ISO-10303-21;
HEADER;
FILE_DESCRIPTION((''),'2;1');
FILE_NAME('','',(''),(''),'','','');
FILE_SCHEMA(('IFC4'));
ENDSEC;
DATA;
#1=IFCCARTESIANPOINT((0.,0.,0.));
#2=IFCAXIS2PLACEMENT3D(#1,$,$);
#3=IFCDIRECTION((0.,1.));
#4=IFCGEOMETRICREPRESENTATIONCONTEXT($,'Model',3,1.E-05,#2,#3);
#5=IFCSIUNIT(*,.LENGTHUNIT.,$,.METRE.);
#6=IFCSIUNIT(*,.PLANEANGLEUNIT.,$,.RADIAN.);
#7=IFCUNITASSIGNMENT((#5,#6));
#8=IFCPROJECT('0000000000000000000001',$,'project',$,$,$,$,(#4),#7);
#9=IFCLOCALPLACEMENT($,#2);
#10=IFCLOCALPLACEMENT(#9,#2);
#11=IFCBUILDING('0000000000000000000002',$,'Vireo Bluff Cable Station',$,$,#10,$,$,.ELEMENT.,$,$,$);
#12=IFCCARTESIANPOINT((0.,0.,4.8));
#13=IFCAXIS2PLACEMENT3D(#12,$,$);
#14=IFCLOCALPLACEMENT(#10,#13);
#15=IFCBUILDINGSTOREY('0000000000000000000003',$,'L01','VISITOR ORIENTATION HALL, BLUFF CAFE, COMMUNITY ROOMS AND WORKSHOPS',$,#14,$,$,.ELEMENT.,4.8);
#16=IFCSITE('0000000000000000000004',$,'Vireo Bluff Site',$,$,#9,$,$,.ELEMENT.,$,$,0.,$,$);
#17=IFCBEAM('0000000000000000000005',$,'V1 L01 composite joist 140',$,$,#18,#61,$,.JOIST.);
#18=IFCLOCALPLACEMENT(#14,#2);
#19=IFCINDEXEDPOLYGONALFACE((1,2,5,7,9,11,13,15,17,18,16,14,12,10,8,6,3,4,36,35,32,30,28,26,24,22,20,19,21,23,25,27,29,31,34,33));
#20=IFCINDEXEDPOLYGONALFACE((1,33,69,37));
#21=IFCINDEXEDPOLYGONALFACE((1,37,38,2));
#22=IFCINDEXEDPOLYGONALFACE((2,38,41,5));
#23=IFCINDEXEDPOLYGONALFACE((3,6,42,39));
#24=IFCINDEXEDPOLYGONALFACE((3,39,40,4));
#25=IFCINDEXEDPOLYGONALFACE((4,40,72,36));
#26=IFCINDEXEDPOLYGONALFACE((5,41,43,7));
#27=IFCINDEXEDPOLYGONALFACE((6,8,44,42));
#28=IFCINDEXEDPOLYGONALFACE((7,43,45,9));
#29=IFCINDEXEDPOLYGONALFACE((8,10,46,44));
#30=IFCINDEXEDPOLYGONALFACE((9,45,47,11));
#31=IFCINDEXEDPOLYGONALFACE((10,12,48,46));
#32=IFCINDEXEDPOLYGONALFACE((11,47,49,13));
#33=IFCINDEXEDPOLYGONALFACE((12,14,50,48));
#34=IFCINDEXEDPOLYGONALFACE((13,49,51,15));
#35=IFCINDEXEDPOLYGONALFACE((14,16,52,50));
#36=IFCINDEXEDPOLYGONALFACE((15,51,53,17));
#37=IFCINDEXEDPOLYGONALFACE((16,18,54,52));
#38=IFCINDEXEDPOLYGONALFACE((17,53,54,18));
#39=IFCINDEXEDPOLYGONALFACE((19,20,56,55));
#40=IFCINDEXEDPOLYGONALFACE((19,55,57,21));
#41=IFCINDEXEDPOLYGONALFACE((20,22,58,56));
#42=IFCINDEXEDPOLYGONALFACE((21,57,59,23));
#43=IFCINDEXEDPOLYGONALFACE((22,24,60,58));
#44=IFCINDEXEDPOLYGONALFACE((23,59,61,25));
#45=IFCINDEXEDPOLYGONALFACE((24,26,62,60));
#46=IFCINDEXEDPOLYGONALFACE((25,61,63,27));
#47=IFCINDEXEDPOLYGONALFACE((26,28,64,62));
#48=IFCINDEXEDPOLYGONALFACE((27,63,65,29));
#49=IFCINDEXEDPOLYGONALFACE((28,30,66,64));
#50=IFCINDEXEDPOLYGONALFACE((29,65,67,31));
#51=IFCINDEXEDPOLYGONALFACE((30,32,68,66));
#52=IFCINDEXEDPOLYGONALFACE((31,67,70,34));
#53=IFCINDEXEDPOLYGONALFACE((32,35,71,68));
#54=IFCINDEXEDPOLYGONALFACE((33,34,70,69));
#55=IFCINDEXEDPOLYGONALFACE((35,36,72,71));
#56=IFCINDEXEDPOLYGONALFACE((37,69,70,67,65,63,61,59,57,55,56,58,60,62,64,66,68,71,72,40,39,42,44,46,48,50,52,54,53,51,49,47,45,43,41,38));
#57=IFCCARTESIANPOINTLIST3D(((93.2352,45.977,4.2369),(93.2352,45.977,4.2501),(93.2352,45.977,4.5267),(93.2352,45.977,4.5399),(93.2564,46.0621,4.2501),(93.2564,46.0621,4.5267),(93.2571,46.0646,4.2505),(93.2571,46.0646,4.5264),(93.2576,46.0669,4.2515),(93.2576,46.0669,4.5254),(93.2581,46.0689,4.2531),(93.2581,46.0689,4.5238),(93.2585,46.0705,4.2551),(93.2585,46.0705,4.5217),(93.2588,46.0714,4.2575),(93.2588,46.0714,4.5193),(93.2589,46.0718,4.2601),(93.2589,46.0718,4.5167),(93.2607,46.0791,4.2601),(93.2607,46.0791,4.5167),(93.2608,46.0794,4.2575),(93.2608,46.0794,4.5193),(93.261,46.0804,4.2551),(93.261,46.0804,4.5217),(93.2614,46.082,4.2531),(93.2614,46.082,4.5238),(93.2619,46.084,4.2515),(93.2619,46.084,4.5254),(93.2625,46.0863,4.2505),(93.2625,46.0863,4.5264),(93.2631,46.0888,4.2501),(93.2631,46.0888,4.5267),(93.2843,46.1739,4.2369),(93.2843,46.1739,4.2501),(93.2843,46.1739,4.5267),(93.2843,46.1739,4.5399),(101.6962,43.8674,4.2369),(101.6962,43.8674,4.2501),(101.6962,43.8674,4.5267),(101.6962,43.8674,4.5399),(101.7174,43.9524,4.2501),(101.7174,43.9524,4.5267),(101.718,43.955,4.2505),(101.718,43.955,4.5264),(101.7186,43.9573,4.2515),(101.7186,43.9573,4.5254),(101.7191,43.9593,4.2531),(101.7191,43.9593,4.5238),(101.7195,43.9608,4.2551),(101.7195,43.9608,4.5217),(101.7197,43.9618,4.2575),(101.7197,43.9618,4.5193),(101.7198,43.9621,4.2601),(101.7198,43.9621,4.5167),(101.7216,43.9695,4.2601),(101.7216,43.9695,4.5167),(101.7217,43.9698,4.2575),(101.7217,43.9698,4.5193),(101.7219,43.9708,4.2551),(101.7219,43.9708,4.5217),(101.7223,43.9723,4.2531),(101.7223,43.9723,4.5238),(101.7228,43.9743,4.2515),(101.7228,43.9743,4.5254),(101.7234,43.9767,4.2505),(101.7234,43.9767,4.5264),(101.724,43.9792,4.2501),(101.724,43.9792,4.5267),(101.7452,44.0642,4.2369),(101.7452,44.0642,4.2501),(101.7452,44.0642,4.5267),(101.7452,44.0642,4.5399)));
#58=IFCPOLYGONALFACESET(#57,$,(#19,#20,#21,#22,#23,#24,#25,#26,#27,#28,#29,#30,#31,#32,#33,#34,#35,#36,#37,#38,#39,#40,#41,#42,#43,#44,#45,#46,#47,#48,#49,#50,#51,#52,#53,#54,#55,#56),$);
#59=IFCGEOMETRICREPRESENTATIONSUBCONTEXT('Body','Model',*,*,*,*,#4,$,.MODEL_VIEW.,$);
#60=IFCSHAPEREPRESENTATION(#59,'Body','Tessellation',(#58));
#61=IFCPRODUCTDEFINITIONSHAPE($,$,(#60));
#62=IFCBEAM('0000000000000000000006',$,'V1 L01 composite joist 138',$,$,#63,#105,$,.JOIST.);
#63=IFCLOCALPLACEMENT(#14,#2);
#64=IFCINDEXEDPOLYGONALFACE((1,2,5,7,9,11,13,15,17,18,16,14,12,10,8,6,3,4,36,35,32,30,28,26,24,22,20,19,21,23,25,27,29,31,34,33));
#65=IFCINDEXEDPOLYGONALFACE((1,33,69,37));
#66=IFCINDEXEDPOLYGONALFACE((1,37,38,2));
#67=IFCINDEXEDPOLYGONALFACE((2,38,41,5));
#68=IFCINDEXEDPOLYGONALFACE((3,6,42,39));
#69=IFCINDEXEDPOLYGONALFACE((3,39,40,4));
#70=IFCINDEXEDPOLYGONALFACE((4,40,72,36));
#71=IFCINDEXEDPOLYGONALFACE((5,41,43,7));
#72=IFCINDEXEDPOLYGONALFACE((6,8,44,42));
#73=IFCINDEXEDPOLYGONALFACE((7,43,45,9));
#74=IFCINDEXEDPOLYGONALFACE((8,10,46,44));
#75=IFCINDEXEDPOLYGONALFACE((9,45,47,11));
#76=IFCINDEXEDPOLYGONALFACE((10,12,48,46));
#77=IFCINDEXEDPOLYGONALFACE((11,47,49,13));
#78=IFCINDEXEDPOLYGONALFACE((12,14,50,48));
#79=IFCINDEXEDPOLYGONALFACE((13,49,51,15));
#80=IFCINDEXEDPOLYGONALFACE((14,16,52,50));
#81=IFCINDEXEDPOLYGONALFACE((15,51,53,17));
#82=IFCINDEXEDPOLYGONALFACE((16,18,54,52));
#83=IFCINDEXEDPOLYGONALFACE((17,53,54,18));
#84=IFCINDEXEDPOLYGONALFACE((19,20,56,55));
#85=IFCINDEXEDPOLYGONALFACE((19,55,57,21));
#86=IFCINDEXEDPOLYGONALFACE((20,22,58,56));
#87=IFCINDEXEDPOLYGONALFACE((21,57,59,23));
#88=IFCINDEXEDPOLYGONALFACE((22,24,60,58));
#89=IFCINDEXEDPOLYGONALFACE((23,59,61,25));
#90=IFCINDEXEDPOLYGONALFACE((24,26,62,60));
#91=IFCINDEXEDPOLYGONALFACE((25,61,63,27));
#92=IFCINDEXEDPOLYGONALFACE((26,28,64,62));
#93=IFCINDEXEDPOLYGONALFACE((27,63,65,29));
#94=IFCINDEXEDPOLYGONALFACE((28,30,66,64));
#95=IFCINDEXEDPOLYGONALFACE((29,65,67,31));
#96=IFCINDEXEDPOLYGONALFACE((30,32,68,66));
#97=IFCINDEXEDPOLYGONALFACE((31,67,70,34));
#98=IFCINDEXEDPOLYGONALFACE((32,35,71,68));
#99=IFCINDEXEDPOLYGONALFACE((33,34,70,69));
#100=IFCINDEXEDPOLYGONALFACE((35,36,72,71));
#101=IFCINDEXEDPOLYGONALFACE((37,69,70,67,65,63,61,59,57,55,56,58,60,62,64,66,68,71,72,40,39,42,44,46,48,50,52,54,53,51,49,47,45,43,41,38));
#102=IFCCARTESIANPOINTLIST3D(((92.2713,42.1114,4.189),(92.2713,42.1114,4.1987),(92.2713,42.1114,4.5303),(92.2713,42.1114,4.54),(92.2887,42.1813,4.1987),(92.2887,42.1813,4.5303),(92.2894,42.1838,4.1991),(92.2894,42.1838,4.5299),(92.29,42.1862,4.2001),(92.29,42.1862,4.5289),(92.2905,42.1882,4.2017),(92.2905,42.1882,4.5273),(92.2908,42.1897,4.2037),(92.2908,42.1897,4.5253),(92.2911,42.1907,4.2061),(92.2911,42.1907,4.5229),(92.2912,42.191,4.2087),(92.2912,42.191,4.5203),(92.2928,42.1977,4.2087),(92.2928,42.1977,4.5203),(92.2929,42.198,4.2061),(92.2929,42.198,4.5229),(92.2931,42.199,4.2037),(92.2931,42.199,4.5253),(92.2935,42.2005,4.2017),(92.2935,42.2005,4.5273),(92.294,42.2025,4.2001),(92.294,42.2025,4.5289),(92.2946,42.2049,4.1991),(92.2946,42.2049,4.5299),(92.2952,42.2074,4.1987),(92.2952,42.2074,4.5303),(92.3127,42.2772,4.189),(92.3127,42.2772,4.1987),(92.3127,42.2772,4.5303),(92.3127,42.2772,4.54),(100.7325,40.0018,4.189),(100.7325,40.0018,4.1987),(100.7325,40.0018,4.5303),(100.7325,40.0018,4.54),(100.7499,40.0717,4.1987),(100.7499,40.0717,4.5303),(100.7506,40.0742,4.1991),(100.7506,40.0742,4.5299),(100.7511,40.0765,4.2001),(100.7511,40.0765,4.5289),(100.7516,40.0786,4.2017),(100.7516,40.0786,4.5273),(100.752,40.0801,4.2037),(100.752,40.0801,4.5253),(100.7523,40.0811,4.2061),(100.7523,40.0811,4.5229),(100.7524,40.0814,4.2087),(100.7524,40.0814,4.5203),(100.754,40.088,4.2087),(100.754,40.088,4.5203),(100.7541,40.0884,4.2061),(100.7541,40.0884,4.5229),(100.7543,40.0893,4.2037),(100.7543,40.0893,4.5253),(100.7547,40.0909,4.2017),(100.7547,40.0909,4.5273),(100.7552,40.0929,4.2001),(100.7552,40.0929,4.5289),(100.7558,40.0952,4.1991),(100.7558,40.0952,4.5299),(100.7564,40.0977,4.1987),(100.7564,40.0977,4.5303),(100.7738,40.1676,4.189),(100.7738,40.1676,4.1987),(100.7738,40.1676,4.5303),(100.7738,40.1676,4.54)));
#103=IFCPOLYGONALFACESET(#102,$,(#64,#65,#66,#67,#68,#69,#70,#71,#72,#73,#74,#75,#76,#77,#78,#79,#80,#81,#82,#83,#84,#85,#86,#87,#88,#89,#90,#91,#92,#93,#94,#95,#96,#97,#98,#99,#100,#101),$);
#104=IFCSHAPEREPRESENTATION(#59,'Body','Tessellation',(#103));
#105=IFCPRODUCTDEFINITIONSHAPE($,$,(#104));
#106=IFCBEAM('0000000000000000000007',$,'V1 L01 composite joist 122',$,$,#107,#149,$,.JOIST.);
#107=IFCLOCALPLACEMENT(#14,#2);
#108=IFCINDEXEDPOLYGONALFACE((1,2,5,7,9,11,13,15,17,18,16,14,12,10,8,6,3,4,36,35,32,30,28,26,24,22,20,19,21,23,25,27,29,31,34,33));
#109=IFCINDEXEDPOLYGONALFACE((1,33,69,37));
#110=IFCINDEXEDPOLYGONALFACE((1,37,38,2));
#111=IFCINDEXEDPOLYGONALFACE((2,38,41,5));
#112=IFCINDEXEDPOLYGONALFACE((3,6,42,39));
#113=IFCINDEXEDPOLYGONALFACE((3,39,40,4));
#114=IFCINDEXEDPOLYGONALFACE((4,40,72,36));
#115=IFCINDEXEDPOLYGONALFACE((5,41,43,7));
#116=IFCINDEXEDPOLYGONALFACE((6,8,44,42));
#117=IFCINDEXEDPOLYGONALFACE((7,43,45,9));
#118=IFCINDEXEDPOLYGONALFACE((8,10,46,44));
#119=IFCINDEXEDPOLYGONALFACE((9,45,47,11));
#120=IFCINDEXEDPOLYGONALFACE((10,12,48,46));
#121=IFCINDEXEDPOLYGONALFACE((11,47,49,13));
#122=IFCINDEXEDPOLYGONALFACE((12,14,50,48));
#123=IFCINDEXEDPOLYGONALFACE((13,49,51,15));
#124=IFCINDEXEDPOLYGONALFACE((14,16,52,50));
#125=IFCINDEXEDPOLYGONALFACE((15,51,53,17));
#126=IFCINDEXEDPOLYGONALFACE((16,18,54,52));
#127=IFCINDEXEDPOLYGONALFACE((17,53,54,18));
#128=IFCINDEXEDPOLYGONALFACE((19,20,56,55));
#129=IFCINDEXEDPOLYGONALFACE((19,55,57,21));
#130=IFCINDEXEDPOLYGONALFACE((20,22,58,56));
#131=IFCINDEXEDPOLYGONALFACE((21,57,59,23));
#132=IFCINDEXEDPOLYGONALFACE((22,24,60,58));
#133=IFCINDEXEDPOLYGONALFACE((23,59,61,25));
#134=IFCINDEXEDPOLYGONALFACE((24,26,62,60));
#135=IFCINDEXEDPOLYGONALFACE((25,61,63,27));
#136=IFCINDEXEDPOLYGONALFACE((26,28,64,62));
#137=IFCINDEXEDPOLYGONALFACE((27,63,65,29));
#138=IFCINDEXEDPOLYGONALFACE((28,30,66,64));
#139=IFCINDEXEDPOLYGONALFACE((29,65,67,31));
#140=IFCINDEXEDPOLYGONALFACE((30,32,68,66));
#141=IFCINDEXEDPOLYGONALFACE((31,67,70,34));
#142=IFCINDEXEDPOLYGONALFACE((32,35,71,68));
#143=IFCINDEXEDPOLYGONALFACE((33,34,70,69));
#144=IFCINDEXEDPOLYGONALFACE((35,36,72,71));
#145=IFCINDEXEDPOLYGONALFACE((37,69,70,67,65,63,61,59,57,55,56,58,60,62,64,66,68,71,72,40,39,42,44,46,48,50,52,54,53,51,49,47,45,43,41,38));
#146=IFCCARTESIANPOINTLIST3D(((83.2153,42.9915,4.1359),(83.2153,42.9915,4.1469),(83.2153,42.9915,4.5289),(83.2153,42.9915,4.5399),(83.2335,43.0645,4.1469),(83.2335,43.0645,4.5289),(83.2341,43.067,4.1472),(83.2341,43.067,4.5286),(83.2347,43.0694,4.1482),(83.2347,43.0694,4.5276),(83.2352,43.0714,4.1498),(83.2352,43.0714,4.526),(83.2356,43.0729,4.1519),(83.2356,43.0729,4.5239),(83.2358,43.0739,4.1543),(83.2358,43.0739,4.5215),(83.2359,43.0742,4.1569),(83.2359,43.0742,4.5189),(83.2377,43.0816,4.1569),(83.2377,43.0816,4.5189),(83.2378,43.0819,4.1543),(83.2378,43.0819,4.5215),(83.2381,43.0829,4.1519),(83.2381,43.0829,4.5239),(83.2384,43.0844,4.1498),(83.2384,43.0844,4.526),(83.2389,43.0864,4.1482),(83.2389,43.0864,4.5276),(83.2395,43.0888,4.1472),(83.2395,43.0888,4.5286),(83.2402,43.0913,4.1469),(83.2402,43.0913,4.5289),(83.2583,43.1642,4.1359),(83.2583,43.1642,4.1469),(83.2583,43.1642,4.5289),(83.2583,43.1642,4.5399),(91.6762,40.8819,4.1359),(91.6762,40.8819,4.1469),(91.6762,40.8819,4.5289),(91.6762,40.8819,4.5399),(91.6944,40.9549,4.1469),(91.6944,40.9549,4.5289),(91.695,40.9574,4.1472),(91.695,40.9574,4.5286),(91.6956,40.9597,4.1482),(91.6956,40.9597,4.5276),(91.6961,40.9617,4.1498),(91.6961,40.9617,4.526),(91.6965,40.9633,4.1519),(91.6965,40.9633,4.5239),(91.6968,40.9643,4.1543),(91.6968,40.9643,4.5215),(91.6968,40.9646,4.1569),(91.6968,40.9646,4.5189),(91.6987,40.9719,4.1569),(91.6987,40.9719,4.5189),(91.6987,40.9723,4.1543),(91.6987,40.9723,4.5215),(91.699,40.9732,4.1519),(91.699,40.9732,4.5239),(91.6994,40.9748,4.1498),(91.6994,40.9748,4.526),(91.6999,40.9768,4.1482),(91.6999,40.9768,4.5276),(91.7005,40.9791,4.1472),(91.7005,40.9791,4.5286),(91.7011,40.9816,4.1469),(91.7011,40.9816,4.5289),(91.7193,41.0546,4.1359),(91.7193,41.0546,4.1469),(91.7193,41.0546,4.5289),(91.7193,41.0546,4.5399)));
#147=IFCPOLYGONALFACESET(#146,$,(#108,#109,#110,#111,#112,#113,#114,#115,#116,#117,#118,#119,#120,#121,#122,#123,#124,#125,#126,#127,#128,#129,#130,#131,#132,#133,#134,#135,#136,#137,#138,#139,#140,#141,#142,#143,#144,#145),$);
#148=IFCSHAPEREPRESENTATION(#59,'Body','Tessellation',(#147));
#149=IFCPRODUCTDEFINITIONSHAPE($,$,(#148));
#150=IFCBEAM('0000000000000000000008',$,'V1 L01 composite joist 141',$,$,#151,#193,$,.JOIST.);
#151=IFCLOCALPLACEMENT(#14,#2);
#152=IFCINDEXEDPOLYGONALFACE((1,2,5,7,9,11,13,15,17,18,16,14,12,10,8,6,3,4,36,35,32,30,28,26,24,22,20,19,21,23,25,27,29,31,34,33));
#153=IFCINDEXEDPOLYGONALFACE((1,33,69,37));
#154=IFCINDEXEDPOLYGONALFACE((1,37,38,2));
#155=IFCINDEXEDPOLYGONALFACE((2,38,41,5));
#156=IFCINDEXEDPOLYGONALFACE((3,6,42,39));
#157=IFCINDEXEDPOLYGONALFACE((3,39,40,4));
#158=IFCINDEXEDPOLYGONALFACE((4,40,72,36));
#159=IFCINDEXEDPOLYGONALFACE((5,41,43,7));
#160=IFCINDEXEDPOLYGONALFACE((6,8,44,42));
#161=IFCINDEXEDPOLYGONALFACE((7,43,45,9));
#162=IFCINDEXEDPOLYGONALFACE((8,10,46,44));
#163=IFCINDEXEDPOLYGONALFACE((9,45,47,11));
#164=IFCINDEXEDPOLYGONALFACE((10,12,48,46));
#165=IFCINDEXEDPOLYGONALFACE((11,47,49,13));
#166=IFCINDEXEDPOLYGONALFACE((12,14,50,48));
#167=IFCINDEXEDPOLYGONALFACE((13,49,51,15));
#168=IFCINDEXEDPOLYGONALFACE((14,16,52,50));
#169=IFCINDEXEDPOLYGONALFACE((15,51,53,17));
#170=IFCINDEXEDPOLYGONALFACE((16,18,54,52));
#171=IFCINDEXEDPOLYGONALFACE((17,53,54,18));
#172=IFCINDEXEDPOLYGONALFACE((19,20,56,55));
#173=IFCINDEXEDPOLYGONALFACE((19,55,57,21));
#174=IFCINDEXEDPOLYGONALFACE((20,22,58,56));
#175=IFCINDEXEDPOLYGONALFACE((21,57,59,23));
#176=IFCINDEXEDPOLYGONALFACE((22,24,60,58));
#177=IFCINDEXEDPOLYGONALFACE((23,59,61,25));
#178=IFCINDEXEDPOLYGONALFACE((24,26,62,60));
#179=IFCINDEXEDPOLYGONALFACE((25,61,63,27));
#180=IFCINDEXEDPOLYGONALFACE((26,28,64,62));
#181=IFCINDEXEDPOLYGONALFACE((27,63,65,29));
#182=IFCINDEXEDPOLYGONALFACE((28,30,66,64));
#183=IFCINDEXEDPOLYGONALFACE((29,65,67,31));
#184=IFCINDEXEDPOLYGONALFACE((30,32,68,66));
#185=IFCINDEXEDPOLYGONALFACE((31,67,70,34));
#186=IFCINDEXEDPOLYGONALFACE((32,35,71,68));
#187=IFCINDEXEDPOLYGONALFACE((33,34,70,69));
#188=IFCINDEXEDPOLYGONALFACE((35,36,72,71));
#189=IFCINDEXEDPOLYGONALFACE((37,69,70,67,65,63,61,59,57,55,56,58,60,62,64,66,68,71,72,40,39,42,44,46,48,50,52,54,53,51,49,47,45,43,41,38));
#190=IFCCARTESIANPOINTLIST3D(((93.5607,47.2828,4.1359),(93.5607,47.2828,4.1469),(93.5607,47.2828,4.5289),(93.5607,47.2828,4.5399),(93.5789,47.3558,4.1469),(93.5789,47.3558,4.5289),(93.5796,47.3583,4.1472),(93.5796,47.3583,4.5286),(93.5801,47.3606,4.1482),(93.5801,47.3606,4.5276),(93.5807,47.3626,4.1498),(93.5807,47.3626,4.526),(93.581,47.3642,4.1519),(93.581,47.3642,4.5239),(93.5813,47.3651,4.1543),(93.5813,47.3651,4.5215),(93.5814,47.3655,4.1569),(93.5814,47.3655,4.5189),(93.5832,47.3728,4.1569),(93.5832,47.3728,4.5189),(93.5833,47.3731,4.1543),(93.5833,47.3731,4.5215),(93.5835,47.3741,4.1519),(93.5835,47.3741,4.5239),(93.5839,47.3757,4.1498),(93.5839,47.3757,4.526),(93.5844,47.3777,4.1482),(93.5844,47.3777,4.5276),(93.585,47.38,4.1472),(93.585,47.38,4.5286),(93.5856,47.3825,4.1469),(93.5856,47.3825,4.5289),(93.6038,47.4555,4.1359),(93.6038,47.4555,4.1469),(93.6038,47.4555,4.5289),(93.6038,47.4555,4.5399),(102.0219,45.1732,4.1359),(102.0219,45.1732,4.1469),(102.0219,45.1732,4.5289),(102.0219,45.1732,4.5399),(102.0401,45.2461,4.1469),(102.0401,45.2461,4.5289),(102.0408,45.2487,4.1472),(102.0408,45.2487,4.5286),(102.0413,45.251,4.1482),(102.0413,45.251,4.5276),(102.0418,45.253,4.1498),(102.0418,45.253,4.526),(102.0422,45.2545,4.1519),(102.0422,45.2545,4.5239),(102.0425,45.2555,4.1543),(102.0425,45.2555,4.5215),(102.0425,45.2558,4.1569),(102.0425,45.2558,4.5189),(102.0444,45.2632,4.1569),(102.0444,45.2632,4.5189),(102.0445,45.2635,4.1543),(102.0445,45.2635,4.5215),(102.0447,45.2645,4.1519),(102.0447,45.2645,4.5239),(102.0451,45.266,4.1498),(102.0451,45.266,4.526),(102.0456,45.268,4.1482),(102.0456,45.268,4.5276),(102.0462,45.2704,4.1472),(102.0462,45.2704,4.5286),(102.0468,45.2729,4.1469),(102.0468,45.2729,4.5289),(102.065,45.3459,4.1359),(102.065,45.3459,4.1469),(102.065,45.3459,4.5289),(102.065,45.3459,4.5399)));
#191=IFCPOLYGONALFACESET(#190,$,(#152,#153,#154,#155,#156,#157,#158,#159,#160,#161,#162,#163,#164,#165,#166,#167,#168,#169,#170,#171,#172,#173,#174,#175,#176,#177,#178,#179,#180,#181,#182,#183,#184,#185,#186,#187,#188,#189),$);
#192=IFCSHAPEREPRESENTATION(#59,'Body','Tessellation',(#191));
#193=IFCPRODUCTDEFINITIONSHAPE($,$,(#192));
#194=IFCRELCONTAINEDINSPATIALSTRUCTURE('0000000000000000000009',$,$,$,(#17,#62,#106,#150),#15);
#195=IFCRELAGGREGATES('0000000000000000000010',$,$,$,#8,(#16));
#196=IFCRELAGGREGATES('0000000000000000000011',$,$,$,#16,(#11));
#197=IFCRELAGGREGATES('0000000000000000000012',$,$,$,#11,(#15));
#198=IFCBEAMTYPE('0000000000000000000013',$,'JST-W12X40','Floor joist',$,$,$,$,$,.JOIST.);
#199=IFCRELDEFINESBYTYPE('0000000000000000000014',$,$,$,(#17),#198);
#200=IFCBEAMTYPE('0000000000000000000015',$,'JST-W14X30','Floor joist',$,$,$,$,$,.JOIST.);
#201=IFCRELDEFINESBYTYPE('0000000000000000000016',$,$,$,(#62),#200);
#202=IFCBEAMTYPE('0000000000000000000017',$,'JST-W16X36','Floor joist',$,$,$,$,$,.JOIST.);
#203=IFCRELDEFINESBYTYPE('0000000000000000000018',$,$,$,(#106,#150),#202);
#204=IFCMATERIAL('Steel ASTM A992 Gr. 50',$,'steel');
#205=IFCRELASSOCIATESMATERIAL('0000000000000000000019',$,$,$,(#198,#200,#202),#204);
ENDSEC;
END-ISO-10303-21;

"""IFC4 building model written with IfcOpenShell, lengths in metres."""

from ifc_helpers import new_model, si_unit, direction, frame, origin, origin_2d, place, context, subcontext, project, spatial, i_section, extrude, material, material_profile, profile_set, type_object, element, save


model = new_model("IFC4")

# Units and contexts
model_context = context("Model", 3, precision=1e-05, world=origin(), true_north=direction((0.0, 1.0)))
body_context = subcontext(model_context, "Body", "Model", "MODEL_VIEW")
ifc_project = project(units=[si_unit("LENGTHUNIT", "METRE"), si_unit("PLANEANGLEUNIT", "RADIAN")], contexts=[model_context])

# Site, building, storey
site_placement = place(None, origin())
site = spatial("IfcSite", under=ifc_project, at=site_placement, Name="Vireo Bluff Site", CompositionType="ELEMENT", RefElevation=0.0)
building_placement = place(site_placement, origin())
building = spatial("IfcBuilding", under=site, at=building_placement, Name="Vireo Bluff Cable Station", CompositionType="ELEMENT")
storey_placement = place(building_placement, frame((0.0, 0.0, 4.8)))
storey = spatial("IfcBuildingStorey", under=building, at=storey_placement, Name="L01", Description="VISITOR ORIENTATION HALL, BLUFF CAFE, COMMUNITY ROOMS AND WORKSHOPS", CompositionType="ELEMENT", Elevation=4.8)

# Shared definitions
ifc_material_1 = material(Name="Steel ASTM A992 Gr. 50", Category="steel")

# Beams
ifc_material_profile_1 = material_profile(ifc_material_1, i_section(OverallWidth=0.2029, OverallDepth=0.303, WebThickness=0.0076, FlangeThickness=0.0132, FilletRadius=0.01, at=origin_2d()), Name="W12X40")
ifc_profile_set_1 = profile_set([ifc_material_profile_1], Name="Steel ASTM A992 Gr. 50")
beam_type_1 = type_object("IfcBeamType", Name="JST-W12X40", Description="Floor joist", PredefinedType="JOIST", material=ifc_profile_set_1)
for number, where, z_axis, x_axis, name in (
    (1, (93.2598, 46.0754, 4.3884), (0.970294, -0.24193, 0.0), (0.24193, 0.970294, 0.0), "V1 L01 composite joist 140"),
):
    element("IfcBeam", number, at=place(storey_placement, frame(where, z_axis=z_axis, x_axis=x_axis)), inside=storey, type_object=beam_type_1, Name=name, PredefinedType="JOIST", context=body_context, shape_type="SweptSolid", body=[
        extrude(i_section(OverallWidth=0.2029, OverallDepth=0.303, WebThickness=0.0076, FlangeThickness=0.0132, FilletRadius=0.01, at=origin_2d()), origin(), (0.0, 0.0, 1.0), 8.72),
    ])
ifc_material_profile_2 = material_profile(ifc_material_1, i_section(OverallWidth=0.1709, OverallDepth=0.3511, WebThickness=0.0068, FlangeThickness=0.0098, FilletRadius=0.01, at=origin_2d()), Name="W14X30")
ifc_profile_set_2 = profile_set([ifc_material_profile_2], Name="Steel ASTM A992 Gr. 50")
beam_type_2 = type_object("IfcBeamType", Name="JST-W14X30", Description="Floor joist", PredefinedType="JOIST", material=ifc_profile_set_2)
beam_1_placement = place(storey_placement, frame((92.292, 42.1943, 4.3645), z_axis=(0.970295, -0.241923, 0.0), x_axis=(0.241923, 0.970295, 0.0)))
element("IfcBeam", 2, at=beam_1_placement, inside=storey, type_object=beam_type_2, Name="V1 L01 composite joist 138", PredefinedType="JOIST", context=body_context, shape_type="SweptSolid", body=[
    extrude(i_section(OverallWidth=0.1709, OverallDepth=0.3511, WebThickness=0.0068, FlangeThickness=0.0098, FilletRadius=0.01, at=origin_2d()), origin(), (0.0, 0.0, 1.0), 8.7202),
])
ifc_material_profile_3 = material_profile(ifc_material_1, i_section(OverallWidth=0.178, OverallDepth=0.4041, WebThickness=0.0076, FlangeThickness=0.011, FilletRadius=0.01, at=origin_2d()), Name="W16X36")
ifc_profile_set_3 = profile_set([ifc_material_profile_3], Name="Steel ASTM A992 Gr. 50")
beam_type_3 = type_object("IfcBeamType", Name="JST-W16X36", Description="Floor joist", PredefinedType="JOIST", material=ifc_profile_set_3)
beam_2_placement = place(storey_placement, frame((83.2368, 43.0779, 4.3379), z_axis=(0.970294, -0.24193, 0.0), x_axis=(0.24193, 0.970294, 0.0)))
element("IfcBeam", 3, at=beam_2_placement, inside=storey, type_object=beam_type_3, Name="V1 L01 composite joist 122", PredefinedType="JOIST", context=body_context, shape_type="SweptSolid", body=[
    extrude(i_section(OverallWidth=0.178, OverallDepth=0.4041, WebThickness=0.0076, FlangeThickness=0.011, FilletRadius=0.01, at=origin_2d()), origin(), (0.0, 0.0, 1.0), 8.72),
])
beam_3_placement = place(storey_placement, frame((93.5823, 47.3691, 4.3379), z_axis=(0.970295, -0.241923, 0.0), x_axis=(0.241923, 0.970295, 0.0)))
element("IfcBeam", 4, at=beam_3_placement, inside=storey, type_object=beam_type_3, Name="V1 L01 composite joist 141", PredefinedType="JOIST", context=body_context, shape_type="SweptSolid", body=[
    extrude(i_section(OverallWidth=0.178, OverallDepth=0.4041, WebThickness=0.0076, FlangeThickness=0.011, FilletRadius=0.01, at=origin_2d()), origin(), (0.0, 0.0, 1.0), 8.7202),
])

save(model, "model.ifc")
